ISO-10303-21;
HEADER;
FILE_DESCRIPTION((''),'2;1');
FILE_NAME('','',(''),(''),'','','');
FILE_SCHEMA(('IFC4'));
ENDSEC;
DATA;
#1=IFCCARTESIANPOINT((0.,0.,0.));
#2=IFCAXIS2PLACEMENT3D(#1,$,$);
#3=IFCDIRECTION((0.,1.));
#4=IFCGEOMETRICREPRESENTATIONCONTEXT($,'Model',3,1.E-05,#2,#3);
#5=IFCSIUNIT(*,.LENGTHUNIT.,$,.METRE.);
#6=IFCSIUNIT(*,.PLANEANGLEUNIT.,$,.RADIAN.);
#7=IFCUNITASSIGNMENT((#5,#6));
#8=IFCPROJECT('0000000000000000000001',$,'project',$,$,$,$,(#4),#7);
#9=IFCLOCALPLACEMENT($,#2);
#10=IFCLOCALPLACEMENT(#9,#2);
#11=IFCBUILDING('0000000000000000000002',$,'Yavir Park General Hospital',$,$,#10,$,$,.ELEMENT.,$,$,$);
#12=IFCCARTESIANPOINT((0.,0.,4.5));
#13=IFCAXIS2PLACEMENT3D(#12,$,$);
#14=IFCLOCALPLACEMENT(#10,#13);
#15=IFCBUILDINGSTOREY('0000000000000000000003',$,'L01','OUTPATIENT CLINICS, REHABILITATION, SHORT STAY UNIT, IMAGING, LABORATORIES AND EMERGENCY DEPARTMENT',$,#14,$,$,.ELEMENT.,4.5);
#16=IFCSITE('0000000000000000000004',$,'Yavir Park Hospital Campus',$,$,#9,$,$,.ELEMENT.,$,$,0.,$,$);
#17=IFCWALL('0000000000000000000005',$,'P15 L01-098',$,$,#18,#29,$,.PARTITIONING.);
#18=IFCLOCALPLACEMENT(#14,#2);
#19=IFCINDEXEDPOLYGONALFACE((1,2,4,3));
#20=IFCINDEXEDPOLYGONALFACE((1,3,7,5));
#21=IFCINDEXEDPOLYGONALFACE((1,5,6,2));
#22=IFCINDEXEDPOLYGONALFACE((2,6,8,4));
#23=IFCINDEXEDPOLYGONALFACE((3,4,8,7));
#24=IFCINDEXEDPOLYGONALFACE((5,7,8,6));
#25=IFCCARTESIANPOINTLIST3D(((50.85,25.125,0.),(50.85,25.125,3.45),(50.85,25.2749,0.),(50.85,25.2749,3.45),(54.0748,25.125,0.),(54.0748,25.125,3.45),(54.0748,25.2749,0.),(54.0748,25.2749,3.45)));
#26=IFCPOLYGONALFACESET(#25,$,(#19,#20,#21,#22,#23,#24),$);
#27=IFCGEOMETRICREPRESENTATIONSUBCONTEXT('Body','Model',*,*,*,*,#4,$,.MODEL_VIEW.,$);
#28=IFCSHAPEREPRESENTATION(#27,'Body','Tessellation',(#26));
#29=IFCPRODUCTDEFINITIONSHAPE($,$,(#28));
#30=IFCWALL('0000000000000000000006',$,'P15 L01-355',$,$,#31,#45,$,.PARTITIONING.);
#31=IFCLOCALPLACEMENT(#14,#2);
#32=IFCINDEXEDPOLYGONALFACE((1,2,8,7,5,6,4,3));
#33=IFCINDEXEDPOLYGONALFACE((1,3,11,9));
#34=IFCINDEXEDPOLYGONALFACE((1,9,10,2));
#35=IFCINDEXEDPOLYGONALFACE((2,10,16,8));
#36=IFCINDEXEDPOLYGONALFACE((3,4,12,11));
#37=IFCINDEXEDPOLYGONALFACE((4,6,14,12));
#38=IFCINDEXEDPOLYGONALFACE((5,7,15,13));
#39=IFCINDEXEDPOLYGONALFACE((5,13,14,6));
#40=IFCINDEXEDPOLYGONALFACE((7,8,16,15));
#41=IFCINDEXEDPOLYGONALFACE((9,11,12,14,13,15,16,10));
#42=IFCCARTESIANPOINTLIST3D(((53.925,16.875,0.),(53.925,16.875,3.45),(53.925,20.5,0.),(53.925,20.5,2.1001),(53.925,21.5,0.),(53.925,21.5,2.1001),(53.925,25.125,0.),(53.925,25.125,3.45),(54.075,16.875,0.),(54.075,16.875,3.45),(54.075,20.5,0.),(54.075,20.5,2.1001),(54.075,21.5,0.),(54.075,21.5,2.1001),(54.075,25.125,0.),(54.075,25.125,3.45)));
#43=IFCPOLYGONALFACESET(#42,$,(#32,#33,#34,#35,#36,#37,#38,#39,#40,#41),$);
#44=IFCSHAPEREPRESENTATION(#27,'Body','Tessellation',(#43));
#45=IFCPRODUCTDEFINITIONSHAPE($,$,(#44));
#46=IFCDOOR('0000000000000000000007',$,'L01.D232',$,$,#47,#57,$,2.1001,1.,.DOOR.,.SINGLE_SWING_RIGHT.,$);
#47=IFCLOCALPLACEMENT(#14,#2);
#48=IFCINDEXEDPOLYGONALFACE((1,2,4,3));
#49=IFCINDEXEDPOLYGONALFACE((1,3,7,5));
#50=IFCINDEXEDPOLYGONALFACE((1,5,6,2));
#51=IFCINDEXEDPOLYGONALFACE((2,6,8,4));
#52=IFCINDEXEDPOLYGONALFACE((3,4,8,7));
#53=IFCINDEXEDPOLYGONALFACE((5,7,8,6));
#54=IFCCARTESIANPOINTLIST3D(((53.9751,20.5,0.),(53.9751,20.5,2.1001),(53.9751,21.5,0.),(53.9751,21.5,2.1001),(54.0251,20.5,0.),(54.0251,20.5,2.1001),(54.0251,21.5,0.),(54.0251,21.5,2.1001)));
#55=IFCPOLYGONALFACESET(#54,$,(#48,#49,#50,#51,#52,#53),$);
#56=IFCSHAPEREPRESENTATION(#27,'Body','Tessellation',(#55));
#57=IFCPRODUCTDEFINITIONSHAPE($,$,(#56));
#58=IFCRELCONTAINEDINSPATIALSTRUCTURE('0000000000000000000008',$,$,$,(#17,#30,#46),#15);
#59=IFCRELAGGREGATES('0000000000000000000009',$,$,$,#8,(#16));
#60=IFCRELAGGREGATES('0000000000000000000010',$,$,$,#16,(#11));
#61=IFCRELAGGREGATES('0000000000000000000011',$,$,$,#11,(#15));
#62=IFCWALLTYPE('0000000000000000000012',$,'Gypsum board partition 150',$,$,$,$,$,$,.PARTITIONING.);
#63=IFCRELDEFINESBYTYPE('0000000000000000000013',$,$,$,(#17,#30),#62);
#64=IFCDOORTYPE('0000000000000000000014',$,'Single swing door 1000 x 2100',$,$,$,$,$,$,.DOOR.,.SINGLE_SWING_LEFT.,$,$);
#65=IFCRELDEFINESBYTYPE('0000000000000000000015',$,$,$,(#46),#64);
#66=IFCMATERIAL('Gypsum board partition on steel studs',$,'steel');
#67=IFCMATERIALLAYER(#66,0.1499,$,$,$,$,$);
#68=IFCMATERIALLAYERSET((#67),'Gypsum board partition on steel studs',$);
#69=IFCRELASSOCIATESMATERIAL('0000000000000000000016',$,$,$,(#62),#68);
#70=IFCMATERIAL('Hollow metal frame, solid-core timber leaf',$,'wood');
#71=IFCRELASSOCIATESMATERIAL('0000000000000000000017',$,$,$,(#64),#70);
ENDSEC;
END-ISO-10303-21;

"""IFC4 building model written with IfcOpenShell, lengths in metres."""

from ifc_helpers import new_model, si_unit, direction, frame, frame_2d, origin, place, context, subcontext, project, spatial, rectangle, extrude, material, layer, layer_set, type_object, element, fill, save


model = new_model("IFC4")

# Units and contexts
model_context = context("Model", 3, precision=1e-05, world=origin(), true_north=direction((0.0, 1.0)))
body_context = subcontext(model_context, "Body", "Model", "MODEL_VIEW")
ifc_project = project(units=[si_unit("LENGTHUNIT", "METRE"), si_unit("PLANEANGLEUNIT", "RADIAN")], contexts=[model_context])

# Site, building, storey
site_placement = place(None, origin())
site = spatial("IfcSite", under=ifc_project, at=site_placement, Name="Yavir Park Hospital Campus", CompositionType="ELEMENT", RefElevation=0.0)
building_placement = place(site_placement, origin())
building = spatial("IfcBuilding", under=site, at=building_placement, Name="Yavir Park General Hospital", CompositionType="ELEMENT")
storey_placement = place(building_placement, frame((0.0, 0.0, 4.5)))
storey = spatial("IfcBuildingStorey", under=building, at=storey_placement, Name="L01", Description="OUTPATIENT CLINICS, REHABILITATION, SHORT STAY UNIT, IMAGING, LABORATORIES AND EMERGENCY DEPARTMENT", CompositionType="ELEMENT", Elevation=4.5)

# Wall
ifc_material_1 = material(Name="Gypsum board partition on steel studs", Category="steel")
ifc_layer_1 = layer(ifc_material_1, 0.1499)
ifc_layer_set_1 = layer_set([ifc_layer_1], Name="Gypsum board partition on steel studs")
wall_type_1 = type_object("IfcWallType", Name="Gypsum board partition 150", PredefinedType="PARTITIONING", material=ifc_layer_set_1)
wall_1_placement = place(storey_placement, frame((50.8501, 25.2, 0.0), z_axis=(0.0, 0.0, 1.0), x_axis=(1.0, 0.0, 0.0)))
element("IfcWall", 1, at=wall_1_placement, inside=storey, type_object=wall_type_1, Name="P15 L01-098", PredefinedType="PARTITIONING", context=body_context, shape_type="SweptSolid", body=[
    extrude(rectangle(XDim=3.2249, YDim=0.1499, at=frame_2d((1.6123, 0.0))), origin(), (0.0, 0.0, 1.0), 3.45),
])

# Wall, opening, door
wall_2_placement = place(storey_placement, frame((54.0, 16.875, 0.0), z_axis=(0.0, 0.0, 1.0), x_axis=(0.0, 1.0, 0.0)))
wall_2 = element("IfcWall", 2, at=wall_2_placement, inside=storey, type_object=wall_type_1, Name="P15 L01-355", PredefinedType="PARTITIONING", context=body_context, shape_type="SweptSolid", body=[
    extrude(rectangle(XDim=8.25, YDim=0.1499, at=frame_2d((4.125, 0.0))), origin(), (0.0, 0.0, 1.0), 3.45),
])
opening_1_placement = place(wall_2_placement, frame((3.625, 0.0, 0.0)))
opening_1 = element("IfcOpeningElement", 3, at=opening_1_placement, cuts=wall_2, PredefinedType="OPENING", context=body_context, shape_type="SweptSolid", body=[
    extrude(rectangle(XDim=1.0, YDim=2.1001, at=frame_2d((0.5, 1.05))), frame((0.0, 0.085, 0.0), z_axis=(0.0, -1.0, 0.0), x_axis=(1.0, 0.0, 0.0)), (0.0, 0.0, 1.0), 0.1699),
])
ifc_material_2 = material(Name="Hollow metal frame, solid-core timber leaf", Category="wood")
door_type_1 = type_object("IfcDoorType", Name="Single swing door 1000 x 2100", OperationType="SINGLE_SWING_LEFT", PredefinedType="DOOR", material=ifc_material_2)
door_1_placement = place(opening_1_placement, origin())
door_1 = element("IfcDoor", 4, at=door_1_placement, inside=storey, type_object=door_type_1, Name="L01.D232", OperationType="SINGLE_SWING_RIGHT", OverallHeight=2.1001, OverallWidth=1.0, PredefinedType="DOOR", context=body_context, shape_type="SweptSolid", body=[
    extrude(rectangle(XDim=1.0, YDim=2.1001, at=frame_2d((0.5, 1.05))), frame((0.0, 0.0249, 0.0), z_axis=(0.0, -1.0, 0.0), x_axis=(1.0, 0.0, 0.0)), (0.0, 0.0, 1.0), 0.05),
])
fill(opening_1, door_1)

save(model, "model.ifc")
